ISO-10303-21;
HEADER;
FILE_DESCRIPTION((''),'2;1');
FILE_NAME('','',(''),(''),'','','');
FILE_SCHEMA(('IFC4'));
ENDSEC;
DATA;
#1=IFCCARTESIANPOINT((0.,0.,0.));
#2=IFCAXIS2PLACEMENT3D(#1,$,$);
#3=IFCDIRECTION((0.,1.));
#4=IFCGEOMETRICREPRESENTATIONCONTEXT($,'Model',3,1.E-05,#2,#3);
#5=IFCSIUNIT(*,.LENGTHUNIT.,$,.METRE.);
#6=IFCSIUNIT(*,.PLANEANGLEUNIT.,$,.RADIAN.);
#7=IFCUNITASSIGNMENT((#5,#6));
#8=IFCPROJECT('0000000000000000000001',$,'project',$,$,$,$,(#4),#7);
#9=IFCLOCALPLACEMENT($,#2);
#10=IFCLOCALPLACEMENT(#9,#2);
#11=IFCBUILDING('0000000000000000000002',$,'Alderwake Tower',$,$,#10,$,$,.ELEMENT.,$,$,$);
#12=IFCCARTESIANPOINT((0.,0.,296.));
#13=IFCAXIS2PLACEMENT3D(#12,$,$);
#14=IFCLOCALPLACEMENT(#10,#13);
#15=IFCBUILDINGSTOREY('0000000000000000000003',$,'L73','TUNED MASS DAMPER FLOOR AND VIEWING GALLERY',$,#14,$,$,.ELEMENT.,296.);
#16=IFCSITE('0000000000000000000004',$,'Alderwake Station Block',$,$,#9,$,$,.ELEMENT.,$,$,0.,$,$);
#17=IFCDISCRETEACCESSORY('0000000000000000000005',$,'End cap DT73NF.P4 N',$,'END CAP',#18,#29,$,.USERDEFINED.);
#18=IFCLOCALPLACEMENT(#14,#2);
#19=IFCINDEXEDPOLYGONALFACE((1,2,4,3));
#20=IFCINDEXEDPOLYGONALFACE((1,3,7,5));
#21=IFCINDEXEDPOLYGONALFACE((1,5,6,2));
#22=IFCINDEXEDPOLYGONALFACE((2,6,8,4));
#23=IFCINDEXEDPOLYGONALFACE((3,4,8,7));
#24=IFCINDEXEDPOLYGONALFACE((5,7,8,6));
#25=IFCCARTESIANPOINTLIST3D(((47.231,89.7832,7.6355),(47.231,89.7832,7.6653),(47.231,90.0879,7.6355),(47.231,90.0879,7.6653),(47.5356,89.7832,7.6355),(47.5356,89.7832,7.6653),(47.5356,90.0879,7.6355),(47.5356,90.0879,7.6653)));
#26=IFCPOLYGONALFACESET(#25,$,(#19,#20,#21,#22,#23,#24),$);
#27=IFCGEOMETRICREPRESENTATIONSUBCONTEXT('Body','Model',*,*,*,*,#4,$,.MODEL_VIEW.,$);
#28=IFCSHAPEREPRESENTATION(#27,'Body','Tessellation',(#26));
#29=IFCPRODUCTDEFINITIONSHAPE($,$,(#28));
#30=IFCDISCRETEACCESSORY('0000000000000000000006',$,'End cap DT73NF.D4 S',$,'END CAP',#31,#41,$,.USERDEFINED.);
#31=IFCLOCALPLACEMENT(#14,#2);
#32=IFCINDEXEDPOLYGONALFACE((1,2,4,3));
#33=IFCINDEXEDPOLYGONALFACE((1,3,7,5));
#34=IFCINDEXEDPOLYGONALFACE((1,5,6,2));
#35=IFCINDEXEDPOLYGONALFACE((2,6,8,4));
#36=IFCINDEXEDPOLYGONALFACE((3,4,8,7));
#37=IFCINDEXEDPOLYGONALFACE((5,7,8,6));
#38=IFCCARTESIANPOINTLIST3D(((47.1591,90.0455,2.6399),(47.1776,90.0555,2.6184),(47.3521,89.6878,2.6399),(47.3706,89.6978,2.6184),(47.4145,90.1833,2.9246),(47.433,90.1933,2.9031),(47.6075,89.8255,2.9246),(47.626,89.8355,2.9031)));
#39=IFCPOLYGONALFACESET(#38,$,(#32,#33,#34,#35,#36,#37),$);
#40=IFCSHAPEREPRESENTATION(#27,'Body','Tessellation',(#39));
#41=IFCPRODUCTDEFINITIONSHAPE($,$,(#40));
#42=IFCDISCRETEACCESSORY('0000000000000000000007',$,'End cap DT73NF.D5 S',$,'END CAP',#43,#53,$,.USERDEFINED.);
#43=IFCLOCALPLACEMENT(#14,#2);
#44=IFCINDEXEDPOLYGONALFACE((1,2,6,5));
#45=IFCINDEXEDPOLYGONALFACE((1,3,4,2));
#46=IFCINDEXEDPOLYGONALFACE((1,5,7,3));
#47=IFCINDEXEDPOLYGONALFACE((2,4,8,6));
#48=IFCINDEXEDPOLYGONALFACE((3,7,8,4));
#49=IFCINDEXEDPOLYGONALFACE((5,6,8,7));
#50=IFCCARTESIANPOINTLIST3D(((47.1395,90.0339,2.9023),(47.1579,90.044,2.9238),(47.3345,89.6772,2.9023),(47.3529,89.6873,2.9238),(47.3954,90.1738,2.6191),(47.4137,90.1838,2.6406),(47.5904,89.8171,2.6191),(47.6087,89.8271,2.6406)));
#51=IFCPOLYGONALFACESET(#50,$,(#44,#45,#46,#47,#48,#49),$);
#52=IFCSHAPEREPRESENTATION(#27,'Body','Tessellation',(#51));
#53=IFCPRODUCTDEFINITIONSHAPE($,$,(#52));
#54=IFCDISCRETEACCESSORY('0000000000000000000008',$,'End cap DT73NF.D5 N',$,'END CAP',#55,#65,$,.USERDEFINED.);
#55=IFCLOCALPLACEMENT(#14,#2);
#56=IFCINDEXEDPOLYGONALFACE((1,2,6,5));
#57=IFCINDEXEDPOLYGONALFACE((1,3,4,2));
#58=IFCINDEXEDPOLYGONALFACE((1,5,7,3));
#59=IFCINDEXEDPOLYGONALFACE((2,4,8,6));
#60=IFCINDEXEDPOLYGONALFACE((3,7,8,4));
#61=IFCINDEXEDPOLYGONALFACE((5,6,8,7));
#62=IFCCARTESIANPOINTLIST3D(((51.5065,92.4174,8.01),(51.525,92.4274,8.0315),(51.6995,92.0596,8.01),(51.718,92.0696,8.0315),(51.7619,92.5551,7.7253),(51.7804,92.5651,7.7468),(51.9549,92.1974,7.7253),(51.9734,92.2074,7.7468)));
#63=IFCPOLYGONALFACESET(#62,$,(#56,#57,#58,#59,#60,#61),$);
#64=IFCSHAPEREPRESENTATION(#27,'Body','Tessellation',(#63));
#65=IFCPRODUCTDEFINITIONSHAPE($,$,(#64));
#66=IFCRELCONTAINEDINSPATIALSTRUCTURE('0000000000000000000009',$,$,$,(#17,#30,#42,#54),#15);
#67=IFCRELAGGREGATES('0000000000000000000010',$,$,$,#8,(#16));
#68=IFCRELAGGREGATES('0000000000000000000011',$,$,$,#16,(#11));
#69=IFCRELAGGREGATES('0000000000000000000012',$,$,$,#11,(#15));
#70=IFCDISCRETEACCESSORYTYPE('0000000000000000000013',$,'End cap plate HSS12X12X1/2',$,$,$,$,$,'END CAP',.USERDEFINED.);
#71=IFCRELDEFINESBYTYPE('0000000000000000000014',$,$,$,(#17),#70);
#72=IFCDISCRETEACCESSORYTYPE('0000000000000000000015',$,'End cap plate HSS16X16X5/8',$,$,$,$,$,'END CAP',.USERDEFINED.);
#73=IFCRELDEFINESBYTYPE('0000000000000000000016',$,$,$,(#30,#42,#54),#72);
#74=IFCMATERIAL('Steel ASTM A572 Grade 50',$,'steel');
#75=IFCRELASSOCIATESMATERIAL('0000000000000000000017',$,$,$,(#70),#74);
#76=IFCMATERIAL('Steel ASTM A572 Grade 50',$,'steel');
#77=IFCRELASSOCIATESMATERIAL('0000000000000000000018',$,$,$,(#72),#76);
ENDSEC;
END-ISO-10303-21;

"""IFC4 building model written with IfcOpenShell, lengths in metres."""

from ifc_helpers import new_model, si_unit, direction, frame, origin, origin_2d, place, context, subcontext, project, spatial, rectangle, extrude, material, material_profile, profile_set, type_object, element, save


model = new_model("IFC4")

# Units and contexts
model_context = context("Model", 3, precision=1e-05, world=origin(), true_north=direction((0.0, 1.0)))
body_context = subcontext(model_context, "Body", "Model", "MODEL_VIEW")
ifc_project = project(units=[si_unit("LENGTHUNIT", "METRE"), si_unit("PLANEANGLEUNIT", "RADIAN")], contexts=[model_context])

# Site, building, storey
site_placement = place(None, origin())
site = spatial("IfcSite", under=ifc_project, at=site_placement, Name="Alderwake Station Block", CompositionType="ELEMENT", RefElevation=0.0)
building_placement = place(site_placement, origin())
building = spatial("IfcBuilding", under=site, at=building_placement, Name="Alderwake Tower", CompositionType="ELEMENT")
storey_placement = place(building_placement, frame((0.0, 0.0, 296.0)))
storey = spatial("IfcBuildingStorey", under=building, at=storey_placement, Name="L73", Description="TUNED MASS DAMPER FLOOR AND VIEWING GALLERY", CompositionType="ELEMENT", Elevation=296.0)

# Discrete accessories
ifc_material_1 = material(Name="Steel ASTM A572 Grade 50", Category="steel")
ifc_material_profile_1 = material_profile(ifc_material_1, rectangle(XDim=0.3047, YDim=0.3047, at=origin_2d()), Name="HSS12X12X1/2 cap")
ifc_profile_set_1 = profile_set([ifc_material_profile_1], Name="Steel ASTM A572 Grade 50")
discrete_accessory_type_1 = type_object("IfcDiscreteAccessoryType", Name="End cap plate HSS12X12X1/2", ElementType="END CAP", PredefinedType="USERDEFINED", material=ifc_profile_set_1)
discrete_accessory_1_placement = place(storey_placement, frame((47.3833, 89.9355, 7.6355), z_axis=(0.0, 0.0, 1.0), x_axis=(1.0, 0.0, 0.0)))
element("IfcDiscreteAccessory", 1, at=discrete_accessory_1_placement, inside=storey, type_object=discrete_accessory_type_1, Name="End cap DT73NF.P4 N", ObjectType="END CAP", PredefinedType="USERDEFINED", context=body_context, shape_type="SweptSolid", body=[
    extrude(rectangle(XDim=0.3047, YDim=0.3047, at=origin_2d()), origin(), (0.0, 0.0, 1.0), 0.0298),
])
ifc_material_2 = material(Name="Steel ASTM A572 Grade 50", Category="steel")
ifc_material_profile_2 = material_profile(ifc_material_2, rectangle(XDim=0.4065, YDim=0.4065, at=origin_2d()), Name="HSS16X16X5/8 cap")
ifc_profile_set_2 = profile_set([ifc_material_profile_2], Name="Steel ASTM A572 Grade 50")
discrete_accessory_type_2 = type_object("IfcDiscreteAccessoryType", Name="End cap plate HSS16X16X5/8", ElementType="END CAP", PredefinedType="USERDEFINED", material=ifc_profile_set_2)
for number, where, z_axis, x_axis, name in (
    (2, (47.3833, 89.9355, 2.7822), (0.616421, 0.332543, -0.713751), (-0.47479, 0.880099, 0.0), "End cap DT73NF.D4 S"),
    (3, (47.3833, 89.9355, 2.7822), (-0.611354, -0.334207, -0.717322), (0.479672, -0.877448, 0.0), "End cap DT73NF.D5 S"),
    (4, (51.7307, 92.3074, 7.8677), (0.616421, 0.332543, 0.713751), (-0.47479, 0.880099, 0.0), "End cap DT73NF.D5 N"),
):
    element("IfcDiscreteAccessory", number, at=place(storey_placement, frame(where, z_axis=z_axis, x_axis=x_axis)), inside=storey, type_object=discrete_accessory_type_2, Name=name, ObjectType="END CAP", PredefinedType="USERDEFINED", context=body_context, shape_type="SweptSolid", body=[
        extrude(rectangle(XDim=0.4065, YDim=0.4065, at=origin_2d()), origin(), (0.0, 0.0, 1.0), 0.03),
    ])

save(model, "model.ifc")
